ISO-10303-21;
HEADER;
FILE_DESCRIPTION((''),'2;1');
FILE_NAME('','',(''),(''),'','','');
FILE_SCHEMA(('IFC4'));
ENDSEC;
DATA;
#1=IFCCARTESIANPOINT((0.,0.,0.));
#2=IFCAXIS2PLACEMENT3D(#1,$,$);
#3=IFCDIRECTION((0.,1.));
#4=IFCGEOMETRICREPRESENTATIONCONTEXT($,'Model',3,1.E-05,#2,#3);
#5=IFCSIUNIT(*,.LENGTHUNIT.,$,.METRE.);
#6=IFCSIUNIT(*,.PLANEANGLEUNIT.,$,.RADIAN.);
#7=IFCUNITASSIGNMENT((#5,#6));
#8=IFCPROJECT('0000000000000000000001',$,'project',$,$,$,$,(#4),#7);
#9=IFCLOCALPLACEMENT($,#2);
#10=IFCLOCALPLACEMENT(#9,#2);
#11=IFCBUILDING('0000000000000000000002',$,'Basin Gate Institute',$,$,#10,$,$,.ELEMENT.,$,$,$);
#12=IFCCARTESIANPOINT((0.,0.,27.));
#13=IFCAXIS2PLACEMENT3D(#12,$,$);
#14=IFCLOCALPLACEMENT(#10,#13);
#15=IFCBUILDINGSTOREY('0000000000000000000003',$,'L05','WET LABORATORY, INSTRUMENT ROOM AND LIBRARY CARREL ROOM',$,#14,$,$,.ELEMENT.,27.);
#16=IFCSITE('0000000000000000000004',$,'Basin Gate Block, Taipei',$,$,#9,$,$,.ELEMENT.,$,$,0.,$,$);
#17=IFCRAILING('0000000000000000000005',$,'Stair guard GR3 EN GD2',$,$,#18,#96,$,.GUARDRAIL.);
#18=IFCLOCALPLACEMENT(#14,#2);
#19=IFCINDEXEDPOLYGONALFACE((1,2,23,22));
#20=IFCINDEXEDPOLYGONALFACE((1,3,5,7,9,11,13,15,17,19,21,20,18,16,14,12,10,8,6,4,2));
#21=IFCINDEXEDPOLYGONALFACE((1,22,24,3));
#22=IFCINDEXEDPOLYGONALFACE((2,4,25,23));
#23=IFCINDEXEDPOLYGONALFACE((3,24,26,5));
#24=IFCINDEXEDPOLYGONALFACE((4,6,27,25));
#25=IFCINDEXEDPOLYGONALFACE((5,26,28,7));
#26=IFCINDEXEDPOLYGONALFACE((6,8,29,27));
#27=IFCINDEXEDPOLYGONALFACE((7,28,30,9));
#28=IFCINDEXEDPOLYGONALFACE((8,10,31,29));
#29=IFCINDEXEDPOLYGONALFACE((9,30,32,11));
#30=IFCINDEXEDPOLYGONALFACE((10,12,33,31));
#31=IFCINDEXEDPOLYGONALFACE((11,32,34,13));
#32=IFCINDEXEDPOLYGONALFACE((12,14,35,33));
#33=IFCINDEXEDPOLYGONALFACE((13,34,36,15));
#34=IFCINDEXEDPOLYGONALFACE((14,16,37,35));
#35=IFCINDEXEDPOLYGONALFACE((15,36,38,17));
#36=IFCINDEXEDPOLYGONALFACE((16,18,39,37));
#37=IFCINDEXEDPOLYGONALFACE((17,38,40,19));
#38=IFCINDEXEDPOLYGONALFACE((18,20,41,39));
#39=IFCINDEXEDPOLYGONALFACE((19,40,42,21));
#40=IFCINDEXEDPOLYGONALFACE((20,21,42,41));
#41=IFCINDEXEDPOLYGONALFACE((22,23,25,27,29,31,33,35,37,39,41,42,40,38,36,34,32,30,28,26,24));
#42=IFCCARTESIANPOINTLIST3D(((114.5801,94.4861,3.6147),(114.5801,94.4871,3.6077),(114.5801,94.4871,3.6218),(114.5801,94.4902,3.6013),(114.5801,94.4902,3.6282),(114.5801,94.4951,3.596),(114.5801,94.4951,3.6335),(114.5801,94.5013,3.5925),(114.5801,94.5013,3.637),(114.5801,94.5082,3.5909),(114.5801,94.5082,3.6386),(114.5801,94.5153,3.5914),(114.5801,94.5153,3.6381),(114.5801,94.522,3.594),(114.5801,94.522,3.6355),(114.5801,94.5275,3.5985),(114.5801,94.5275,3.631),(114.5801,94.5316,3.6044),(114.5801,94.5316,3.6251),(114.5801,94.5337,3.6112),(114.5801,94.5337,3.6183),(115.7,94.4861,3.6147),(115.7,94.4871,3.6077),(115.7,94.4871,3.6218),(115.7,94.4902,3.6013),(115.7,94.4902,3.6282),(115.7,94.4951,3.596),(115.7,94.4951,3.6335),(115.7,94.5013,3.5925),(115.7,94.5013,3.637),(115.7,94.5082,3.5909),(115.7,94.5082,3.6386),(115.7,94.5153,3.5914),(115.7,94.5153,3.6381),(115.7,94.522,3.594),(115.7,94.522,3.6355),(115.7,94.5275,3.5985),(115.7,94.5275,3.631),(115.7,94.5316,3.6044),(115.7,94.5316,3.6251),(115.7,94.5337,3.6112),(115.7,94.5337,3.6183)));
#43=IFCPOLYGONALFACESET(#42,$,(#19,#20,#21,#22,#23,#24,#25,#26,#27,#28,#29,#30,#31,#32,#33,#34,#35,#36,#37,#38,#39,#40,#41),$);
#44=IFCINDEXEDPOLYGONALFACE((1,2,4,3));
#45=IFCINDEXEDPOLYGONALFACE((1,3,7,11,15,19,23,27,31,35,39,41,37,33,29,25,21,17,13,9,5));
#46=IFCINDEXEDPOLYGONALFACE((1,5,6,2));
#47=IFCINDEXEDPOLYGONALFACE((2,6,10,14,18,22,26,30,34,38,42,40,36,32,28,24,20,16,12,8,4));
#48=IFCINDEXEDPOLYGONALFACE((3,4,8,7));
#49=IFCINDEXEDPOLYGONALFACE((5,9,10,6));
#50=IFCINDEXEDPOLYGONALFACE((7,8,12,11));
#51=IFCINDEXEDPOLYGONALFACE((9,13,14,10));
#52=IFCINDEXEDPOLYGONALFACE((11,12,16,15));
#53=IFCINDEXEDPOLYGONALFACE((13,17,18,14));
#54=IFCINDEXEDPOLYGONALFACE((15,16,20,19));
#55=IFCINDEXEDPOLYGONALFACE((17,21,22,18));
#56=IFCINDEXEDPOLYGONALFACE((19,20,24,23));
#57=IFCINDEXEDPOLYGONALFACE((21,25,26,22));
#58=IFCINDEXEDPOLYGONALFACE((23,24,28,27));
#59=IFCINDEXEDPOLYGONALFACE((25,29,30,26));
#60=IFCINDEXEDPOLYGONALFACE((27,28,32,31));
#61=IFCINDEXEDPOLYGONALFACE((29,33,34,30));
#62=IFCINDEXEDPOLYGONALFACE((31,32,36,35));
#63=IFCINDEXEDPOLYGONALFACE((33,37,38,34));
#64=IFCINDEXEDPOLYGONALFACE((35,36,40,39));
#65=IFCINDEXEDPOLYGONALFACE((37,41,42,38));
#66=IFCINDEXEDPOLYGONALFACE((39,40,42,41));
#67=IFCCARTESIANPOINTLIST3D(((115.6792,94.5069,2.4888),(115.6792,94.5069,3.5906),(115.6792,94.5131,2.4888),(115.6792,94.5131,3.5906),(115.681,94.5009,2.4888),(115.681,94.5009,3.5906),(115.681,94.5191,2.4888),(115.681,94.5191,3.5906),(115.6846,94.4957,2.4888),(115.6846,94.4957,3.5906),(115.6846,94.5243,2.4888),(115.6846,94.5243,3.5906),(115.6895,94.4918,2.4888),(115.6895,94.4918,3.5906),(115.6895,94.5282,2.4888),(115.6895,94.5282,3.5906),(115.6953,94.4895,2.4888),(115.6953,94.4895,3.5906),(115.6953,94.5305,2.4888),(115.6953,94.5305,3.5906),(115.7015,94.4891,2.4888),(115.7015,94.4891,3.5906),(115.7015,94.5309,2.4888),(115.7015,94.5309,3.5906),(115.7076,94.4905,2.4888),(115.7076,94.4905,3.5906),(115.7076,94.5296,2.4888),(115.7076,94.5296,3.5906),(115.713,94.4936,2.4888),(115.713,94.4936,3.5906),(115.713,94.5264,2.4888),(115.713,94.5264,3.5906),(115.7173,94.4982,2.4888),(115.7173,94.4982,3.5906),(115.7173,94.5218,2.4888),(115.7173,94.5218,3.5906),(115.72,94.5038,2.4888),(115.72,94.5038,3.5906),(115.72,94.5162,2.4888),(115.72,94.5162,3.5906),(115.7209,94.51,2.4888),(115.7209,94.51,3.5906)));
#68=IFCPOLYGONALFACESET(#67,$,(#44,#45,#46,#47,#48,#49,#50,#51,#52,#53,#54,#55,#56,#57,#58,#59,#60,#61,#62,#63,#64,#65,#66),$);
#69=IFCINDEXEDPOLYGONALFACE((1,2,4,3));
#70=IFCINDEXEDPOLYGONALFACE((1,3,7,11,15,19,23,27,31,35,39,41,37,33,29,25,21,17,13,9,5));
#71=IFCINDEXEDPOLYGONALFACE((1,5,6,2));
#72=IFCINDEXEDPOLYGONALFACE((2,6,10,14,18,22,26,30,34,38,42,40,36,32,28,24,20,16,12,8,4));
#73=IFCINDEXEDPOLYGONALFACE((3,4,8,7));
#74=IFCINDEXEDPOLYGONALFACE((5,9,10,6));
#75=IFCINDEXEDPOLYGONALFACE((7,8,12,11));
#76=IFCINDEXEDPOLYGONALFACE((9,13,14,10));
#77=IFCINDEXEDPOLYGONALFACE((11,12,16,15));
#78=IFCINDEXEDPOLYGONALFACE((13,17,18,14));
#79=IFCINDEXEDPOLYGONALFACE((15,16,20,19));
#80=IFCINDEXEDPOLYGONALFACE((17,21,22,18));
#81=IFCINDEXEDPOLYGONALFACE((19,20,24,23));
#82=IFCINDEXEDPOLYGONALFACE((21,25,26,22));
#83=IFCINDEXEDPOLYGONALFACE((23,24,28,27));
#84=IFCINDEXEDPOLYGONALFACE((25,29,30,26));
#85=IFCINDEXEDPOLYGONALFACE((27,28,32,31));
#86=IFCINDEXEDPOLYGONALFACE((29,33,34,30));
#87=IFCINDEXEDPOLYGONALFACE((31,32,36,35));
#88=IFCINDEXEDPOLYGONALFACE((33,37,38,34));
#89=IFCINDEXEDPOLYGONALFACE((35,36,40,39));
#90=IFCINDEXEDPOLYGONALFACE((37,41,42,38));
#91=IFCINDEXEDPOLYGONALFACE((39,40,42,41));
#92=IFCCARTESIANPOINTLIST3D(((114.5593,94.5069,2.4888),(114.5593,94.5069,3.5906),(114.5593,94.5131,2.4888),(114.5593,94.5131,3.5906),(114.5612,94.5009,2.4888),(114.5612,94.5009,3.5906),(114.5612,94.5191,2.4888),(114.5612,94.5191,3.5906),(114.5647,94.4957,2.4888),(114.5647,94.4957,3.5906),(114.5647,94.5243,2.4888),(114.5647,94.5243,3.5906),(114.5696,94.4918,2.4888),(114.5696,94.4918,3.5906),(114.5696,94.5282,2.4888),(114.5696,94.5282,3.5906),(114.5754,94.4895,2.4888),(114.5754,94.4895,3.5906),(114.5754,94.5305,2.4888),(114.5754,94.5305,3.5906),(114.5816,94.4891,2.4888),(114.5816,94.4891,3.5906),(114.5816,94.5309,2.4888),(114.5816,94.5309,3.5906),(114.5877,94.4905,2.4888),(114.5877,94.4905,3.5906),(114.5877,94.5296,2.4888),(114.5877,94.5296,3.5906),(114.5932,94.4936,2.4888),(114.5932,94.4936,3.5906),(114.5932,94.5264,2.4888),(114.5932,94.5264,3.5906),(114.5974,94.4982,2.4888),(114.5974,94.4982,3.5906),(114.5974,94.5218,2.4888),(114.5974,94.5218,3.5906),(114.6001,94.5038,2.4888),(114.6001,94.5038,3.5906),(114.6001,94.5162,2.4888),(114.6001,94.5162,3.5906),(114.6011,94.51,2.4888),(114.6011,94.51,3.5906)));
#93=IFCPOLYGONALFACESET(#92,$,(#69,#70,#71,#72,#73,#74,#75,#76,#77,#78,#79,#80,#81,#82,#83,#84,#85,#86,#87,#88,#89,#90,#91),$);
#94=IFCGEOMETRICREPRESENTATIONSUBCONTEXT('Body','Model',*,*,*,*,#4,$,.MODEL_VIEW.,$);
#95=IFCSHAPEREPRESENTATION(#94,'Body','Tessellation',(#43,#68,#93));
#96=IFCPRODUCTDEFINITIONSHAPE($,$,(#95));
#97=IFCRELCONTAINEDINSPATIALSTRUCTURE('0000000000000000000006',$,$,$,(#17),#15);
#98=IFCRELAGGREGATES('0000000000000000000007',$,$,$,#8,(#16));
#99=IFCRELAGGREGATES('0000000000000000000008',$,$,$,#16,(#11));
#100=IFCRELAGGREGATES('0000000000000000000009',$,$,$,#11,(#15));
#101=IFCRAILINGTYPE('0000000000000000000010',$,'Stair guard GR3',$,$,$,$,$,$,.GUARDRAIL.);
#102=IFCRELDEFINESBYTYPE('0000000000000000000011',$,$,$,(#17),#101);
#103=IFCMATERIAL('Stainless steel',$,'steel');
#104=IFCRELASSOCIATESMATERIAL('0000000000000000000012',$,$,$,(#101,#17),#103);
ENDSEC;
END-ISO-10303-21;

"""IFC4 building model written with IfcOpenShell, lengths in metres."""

from ifc_helpers import new_model, si_unit, direction, frame, origin, origin_2d, place, context, subcontext, project, spatial, circle, extrude, material, type_object, element, save


model = new_model("IFC4")

# Units and contexts
model_context = context("Model", 3, precision=1e-05, world=origin(), true_north=direction((0.0, 1.0)))
body_context = subcontext(model_context, "Body", "Model", "MODEL_VIEW")
ifc_project = project(units=[si_unit("LENGTHUNIT", "METRE"), si_unit("PLANEANGLEUNIT", "RADIAN")], contexts=[model_context])

# Site, building, storey
site_placement = place(None, origin())
site = spatial("IfcSite", under=ifc_project, at=site_placement, Name="Basin Gate Block, Taipei", CompositionType="ELEMENT", RefElevation=0.0)
building_placement = place(site_placement, origin())
building = spatial("IfcBuilding", under=site, at=building_placement, Name="Basin Gate Institute", CompositionType="ELEMENT")
storey_placement = place(building_placement, frame((0.0, 0.0, 27.0)))
storey = spatial("IfcBuildingStorey", under=building, at=storey_placement, Name="L05", Description="WET LABORATORY, INSTRUMENT ROOM AND LIBRARY CARREL ROOM", CompositionType="ELEMENT", Elevation=27.0)

# Railing
ifc_material_1 = material(Name="Stainless steel", Category="steel")
railing_type_1 = type_object("IfcRailingType", Name="Stair guard GR3", PredefinedType="GUARDRAIL", material=ifc_material_1)
railing_1_placement = place(storey_placement, frame((115.7, 94.51, 2.4888)))
element("IfcRailing", 1, at=railing_1_placement, inside=storey, type_object=railing_type_1, material=ifc_material_1, Name="Stair guard GR3 EN GD2", PredefinedType="GUARDRAIL", context=body_context, shape_type="SweptSolid", body=[
    extrude(circle(Radius=0.0239, at=origin_2d()), frame((0.0, 0.0, 1.126), z_axis=(-1.0, 0.0, 0.0), x_axis=(0.0, -1.0, 0.0)), (0.0, 0.0, 1.0), 1.1199),
    extrude(circle(Radius=0.021, at=origin_2d()), origin(), (0.0, 0.0, 1.0), 1.1018),
    extrude(circle(Radius=0.021, at=origin_2d()), frame((-1.1199, 0.0, 0.0)), (0.0, 0.0, 1.0), 1.1018),
])

save(model, "model.ifc")
